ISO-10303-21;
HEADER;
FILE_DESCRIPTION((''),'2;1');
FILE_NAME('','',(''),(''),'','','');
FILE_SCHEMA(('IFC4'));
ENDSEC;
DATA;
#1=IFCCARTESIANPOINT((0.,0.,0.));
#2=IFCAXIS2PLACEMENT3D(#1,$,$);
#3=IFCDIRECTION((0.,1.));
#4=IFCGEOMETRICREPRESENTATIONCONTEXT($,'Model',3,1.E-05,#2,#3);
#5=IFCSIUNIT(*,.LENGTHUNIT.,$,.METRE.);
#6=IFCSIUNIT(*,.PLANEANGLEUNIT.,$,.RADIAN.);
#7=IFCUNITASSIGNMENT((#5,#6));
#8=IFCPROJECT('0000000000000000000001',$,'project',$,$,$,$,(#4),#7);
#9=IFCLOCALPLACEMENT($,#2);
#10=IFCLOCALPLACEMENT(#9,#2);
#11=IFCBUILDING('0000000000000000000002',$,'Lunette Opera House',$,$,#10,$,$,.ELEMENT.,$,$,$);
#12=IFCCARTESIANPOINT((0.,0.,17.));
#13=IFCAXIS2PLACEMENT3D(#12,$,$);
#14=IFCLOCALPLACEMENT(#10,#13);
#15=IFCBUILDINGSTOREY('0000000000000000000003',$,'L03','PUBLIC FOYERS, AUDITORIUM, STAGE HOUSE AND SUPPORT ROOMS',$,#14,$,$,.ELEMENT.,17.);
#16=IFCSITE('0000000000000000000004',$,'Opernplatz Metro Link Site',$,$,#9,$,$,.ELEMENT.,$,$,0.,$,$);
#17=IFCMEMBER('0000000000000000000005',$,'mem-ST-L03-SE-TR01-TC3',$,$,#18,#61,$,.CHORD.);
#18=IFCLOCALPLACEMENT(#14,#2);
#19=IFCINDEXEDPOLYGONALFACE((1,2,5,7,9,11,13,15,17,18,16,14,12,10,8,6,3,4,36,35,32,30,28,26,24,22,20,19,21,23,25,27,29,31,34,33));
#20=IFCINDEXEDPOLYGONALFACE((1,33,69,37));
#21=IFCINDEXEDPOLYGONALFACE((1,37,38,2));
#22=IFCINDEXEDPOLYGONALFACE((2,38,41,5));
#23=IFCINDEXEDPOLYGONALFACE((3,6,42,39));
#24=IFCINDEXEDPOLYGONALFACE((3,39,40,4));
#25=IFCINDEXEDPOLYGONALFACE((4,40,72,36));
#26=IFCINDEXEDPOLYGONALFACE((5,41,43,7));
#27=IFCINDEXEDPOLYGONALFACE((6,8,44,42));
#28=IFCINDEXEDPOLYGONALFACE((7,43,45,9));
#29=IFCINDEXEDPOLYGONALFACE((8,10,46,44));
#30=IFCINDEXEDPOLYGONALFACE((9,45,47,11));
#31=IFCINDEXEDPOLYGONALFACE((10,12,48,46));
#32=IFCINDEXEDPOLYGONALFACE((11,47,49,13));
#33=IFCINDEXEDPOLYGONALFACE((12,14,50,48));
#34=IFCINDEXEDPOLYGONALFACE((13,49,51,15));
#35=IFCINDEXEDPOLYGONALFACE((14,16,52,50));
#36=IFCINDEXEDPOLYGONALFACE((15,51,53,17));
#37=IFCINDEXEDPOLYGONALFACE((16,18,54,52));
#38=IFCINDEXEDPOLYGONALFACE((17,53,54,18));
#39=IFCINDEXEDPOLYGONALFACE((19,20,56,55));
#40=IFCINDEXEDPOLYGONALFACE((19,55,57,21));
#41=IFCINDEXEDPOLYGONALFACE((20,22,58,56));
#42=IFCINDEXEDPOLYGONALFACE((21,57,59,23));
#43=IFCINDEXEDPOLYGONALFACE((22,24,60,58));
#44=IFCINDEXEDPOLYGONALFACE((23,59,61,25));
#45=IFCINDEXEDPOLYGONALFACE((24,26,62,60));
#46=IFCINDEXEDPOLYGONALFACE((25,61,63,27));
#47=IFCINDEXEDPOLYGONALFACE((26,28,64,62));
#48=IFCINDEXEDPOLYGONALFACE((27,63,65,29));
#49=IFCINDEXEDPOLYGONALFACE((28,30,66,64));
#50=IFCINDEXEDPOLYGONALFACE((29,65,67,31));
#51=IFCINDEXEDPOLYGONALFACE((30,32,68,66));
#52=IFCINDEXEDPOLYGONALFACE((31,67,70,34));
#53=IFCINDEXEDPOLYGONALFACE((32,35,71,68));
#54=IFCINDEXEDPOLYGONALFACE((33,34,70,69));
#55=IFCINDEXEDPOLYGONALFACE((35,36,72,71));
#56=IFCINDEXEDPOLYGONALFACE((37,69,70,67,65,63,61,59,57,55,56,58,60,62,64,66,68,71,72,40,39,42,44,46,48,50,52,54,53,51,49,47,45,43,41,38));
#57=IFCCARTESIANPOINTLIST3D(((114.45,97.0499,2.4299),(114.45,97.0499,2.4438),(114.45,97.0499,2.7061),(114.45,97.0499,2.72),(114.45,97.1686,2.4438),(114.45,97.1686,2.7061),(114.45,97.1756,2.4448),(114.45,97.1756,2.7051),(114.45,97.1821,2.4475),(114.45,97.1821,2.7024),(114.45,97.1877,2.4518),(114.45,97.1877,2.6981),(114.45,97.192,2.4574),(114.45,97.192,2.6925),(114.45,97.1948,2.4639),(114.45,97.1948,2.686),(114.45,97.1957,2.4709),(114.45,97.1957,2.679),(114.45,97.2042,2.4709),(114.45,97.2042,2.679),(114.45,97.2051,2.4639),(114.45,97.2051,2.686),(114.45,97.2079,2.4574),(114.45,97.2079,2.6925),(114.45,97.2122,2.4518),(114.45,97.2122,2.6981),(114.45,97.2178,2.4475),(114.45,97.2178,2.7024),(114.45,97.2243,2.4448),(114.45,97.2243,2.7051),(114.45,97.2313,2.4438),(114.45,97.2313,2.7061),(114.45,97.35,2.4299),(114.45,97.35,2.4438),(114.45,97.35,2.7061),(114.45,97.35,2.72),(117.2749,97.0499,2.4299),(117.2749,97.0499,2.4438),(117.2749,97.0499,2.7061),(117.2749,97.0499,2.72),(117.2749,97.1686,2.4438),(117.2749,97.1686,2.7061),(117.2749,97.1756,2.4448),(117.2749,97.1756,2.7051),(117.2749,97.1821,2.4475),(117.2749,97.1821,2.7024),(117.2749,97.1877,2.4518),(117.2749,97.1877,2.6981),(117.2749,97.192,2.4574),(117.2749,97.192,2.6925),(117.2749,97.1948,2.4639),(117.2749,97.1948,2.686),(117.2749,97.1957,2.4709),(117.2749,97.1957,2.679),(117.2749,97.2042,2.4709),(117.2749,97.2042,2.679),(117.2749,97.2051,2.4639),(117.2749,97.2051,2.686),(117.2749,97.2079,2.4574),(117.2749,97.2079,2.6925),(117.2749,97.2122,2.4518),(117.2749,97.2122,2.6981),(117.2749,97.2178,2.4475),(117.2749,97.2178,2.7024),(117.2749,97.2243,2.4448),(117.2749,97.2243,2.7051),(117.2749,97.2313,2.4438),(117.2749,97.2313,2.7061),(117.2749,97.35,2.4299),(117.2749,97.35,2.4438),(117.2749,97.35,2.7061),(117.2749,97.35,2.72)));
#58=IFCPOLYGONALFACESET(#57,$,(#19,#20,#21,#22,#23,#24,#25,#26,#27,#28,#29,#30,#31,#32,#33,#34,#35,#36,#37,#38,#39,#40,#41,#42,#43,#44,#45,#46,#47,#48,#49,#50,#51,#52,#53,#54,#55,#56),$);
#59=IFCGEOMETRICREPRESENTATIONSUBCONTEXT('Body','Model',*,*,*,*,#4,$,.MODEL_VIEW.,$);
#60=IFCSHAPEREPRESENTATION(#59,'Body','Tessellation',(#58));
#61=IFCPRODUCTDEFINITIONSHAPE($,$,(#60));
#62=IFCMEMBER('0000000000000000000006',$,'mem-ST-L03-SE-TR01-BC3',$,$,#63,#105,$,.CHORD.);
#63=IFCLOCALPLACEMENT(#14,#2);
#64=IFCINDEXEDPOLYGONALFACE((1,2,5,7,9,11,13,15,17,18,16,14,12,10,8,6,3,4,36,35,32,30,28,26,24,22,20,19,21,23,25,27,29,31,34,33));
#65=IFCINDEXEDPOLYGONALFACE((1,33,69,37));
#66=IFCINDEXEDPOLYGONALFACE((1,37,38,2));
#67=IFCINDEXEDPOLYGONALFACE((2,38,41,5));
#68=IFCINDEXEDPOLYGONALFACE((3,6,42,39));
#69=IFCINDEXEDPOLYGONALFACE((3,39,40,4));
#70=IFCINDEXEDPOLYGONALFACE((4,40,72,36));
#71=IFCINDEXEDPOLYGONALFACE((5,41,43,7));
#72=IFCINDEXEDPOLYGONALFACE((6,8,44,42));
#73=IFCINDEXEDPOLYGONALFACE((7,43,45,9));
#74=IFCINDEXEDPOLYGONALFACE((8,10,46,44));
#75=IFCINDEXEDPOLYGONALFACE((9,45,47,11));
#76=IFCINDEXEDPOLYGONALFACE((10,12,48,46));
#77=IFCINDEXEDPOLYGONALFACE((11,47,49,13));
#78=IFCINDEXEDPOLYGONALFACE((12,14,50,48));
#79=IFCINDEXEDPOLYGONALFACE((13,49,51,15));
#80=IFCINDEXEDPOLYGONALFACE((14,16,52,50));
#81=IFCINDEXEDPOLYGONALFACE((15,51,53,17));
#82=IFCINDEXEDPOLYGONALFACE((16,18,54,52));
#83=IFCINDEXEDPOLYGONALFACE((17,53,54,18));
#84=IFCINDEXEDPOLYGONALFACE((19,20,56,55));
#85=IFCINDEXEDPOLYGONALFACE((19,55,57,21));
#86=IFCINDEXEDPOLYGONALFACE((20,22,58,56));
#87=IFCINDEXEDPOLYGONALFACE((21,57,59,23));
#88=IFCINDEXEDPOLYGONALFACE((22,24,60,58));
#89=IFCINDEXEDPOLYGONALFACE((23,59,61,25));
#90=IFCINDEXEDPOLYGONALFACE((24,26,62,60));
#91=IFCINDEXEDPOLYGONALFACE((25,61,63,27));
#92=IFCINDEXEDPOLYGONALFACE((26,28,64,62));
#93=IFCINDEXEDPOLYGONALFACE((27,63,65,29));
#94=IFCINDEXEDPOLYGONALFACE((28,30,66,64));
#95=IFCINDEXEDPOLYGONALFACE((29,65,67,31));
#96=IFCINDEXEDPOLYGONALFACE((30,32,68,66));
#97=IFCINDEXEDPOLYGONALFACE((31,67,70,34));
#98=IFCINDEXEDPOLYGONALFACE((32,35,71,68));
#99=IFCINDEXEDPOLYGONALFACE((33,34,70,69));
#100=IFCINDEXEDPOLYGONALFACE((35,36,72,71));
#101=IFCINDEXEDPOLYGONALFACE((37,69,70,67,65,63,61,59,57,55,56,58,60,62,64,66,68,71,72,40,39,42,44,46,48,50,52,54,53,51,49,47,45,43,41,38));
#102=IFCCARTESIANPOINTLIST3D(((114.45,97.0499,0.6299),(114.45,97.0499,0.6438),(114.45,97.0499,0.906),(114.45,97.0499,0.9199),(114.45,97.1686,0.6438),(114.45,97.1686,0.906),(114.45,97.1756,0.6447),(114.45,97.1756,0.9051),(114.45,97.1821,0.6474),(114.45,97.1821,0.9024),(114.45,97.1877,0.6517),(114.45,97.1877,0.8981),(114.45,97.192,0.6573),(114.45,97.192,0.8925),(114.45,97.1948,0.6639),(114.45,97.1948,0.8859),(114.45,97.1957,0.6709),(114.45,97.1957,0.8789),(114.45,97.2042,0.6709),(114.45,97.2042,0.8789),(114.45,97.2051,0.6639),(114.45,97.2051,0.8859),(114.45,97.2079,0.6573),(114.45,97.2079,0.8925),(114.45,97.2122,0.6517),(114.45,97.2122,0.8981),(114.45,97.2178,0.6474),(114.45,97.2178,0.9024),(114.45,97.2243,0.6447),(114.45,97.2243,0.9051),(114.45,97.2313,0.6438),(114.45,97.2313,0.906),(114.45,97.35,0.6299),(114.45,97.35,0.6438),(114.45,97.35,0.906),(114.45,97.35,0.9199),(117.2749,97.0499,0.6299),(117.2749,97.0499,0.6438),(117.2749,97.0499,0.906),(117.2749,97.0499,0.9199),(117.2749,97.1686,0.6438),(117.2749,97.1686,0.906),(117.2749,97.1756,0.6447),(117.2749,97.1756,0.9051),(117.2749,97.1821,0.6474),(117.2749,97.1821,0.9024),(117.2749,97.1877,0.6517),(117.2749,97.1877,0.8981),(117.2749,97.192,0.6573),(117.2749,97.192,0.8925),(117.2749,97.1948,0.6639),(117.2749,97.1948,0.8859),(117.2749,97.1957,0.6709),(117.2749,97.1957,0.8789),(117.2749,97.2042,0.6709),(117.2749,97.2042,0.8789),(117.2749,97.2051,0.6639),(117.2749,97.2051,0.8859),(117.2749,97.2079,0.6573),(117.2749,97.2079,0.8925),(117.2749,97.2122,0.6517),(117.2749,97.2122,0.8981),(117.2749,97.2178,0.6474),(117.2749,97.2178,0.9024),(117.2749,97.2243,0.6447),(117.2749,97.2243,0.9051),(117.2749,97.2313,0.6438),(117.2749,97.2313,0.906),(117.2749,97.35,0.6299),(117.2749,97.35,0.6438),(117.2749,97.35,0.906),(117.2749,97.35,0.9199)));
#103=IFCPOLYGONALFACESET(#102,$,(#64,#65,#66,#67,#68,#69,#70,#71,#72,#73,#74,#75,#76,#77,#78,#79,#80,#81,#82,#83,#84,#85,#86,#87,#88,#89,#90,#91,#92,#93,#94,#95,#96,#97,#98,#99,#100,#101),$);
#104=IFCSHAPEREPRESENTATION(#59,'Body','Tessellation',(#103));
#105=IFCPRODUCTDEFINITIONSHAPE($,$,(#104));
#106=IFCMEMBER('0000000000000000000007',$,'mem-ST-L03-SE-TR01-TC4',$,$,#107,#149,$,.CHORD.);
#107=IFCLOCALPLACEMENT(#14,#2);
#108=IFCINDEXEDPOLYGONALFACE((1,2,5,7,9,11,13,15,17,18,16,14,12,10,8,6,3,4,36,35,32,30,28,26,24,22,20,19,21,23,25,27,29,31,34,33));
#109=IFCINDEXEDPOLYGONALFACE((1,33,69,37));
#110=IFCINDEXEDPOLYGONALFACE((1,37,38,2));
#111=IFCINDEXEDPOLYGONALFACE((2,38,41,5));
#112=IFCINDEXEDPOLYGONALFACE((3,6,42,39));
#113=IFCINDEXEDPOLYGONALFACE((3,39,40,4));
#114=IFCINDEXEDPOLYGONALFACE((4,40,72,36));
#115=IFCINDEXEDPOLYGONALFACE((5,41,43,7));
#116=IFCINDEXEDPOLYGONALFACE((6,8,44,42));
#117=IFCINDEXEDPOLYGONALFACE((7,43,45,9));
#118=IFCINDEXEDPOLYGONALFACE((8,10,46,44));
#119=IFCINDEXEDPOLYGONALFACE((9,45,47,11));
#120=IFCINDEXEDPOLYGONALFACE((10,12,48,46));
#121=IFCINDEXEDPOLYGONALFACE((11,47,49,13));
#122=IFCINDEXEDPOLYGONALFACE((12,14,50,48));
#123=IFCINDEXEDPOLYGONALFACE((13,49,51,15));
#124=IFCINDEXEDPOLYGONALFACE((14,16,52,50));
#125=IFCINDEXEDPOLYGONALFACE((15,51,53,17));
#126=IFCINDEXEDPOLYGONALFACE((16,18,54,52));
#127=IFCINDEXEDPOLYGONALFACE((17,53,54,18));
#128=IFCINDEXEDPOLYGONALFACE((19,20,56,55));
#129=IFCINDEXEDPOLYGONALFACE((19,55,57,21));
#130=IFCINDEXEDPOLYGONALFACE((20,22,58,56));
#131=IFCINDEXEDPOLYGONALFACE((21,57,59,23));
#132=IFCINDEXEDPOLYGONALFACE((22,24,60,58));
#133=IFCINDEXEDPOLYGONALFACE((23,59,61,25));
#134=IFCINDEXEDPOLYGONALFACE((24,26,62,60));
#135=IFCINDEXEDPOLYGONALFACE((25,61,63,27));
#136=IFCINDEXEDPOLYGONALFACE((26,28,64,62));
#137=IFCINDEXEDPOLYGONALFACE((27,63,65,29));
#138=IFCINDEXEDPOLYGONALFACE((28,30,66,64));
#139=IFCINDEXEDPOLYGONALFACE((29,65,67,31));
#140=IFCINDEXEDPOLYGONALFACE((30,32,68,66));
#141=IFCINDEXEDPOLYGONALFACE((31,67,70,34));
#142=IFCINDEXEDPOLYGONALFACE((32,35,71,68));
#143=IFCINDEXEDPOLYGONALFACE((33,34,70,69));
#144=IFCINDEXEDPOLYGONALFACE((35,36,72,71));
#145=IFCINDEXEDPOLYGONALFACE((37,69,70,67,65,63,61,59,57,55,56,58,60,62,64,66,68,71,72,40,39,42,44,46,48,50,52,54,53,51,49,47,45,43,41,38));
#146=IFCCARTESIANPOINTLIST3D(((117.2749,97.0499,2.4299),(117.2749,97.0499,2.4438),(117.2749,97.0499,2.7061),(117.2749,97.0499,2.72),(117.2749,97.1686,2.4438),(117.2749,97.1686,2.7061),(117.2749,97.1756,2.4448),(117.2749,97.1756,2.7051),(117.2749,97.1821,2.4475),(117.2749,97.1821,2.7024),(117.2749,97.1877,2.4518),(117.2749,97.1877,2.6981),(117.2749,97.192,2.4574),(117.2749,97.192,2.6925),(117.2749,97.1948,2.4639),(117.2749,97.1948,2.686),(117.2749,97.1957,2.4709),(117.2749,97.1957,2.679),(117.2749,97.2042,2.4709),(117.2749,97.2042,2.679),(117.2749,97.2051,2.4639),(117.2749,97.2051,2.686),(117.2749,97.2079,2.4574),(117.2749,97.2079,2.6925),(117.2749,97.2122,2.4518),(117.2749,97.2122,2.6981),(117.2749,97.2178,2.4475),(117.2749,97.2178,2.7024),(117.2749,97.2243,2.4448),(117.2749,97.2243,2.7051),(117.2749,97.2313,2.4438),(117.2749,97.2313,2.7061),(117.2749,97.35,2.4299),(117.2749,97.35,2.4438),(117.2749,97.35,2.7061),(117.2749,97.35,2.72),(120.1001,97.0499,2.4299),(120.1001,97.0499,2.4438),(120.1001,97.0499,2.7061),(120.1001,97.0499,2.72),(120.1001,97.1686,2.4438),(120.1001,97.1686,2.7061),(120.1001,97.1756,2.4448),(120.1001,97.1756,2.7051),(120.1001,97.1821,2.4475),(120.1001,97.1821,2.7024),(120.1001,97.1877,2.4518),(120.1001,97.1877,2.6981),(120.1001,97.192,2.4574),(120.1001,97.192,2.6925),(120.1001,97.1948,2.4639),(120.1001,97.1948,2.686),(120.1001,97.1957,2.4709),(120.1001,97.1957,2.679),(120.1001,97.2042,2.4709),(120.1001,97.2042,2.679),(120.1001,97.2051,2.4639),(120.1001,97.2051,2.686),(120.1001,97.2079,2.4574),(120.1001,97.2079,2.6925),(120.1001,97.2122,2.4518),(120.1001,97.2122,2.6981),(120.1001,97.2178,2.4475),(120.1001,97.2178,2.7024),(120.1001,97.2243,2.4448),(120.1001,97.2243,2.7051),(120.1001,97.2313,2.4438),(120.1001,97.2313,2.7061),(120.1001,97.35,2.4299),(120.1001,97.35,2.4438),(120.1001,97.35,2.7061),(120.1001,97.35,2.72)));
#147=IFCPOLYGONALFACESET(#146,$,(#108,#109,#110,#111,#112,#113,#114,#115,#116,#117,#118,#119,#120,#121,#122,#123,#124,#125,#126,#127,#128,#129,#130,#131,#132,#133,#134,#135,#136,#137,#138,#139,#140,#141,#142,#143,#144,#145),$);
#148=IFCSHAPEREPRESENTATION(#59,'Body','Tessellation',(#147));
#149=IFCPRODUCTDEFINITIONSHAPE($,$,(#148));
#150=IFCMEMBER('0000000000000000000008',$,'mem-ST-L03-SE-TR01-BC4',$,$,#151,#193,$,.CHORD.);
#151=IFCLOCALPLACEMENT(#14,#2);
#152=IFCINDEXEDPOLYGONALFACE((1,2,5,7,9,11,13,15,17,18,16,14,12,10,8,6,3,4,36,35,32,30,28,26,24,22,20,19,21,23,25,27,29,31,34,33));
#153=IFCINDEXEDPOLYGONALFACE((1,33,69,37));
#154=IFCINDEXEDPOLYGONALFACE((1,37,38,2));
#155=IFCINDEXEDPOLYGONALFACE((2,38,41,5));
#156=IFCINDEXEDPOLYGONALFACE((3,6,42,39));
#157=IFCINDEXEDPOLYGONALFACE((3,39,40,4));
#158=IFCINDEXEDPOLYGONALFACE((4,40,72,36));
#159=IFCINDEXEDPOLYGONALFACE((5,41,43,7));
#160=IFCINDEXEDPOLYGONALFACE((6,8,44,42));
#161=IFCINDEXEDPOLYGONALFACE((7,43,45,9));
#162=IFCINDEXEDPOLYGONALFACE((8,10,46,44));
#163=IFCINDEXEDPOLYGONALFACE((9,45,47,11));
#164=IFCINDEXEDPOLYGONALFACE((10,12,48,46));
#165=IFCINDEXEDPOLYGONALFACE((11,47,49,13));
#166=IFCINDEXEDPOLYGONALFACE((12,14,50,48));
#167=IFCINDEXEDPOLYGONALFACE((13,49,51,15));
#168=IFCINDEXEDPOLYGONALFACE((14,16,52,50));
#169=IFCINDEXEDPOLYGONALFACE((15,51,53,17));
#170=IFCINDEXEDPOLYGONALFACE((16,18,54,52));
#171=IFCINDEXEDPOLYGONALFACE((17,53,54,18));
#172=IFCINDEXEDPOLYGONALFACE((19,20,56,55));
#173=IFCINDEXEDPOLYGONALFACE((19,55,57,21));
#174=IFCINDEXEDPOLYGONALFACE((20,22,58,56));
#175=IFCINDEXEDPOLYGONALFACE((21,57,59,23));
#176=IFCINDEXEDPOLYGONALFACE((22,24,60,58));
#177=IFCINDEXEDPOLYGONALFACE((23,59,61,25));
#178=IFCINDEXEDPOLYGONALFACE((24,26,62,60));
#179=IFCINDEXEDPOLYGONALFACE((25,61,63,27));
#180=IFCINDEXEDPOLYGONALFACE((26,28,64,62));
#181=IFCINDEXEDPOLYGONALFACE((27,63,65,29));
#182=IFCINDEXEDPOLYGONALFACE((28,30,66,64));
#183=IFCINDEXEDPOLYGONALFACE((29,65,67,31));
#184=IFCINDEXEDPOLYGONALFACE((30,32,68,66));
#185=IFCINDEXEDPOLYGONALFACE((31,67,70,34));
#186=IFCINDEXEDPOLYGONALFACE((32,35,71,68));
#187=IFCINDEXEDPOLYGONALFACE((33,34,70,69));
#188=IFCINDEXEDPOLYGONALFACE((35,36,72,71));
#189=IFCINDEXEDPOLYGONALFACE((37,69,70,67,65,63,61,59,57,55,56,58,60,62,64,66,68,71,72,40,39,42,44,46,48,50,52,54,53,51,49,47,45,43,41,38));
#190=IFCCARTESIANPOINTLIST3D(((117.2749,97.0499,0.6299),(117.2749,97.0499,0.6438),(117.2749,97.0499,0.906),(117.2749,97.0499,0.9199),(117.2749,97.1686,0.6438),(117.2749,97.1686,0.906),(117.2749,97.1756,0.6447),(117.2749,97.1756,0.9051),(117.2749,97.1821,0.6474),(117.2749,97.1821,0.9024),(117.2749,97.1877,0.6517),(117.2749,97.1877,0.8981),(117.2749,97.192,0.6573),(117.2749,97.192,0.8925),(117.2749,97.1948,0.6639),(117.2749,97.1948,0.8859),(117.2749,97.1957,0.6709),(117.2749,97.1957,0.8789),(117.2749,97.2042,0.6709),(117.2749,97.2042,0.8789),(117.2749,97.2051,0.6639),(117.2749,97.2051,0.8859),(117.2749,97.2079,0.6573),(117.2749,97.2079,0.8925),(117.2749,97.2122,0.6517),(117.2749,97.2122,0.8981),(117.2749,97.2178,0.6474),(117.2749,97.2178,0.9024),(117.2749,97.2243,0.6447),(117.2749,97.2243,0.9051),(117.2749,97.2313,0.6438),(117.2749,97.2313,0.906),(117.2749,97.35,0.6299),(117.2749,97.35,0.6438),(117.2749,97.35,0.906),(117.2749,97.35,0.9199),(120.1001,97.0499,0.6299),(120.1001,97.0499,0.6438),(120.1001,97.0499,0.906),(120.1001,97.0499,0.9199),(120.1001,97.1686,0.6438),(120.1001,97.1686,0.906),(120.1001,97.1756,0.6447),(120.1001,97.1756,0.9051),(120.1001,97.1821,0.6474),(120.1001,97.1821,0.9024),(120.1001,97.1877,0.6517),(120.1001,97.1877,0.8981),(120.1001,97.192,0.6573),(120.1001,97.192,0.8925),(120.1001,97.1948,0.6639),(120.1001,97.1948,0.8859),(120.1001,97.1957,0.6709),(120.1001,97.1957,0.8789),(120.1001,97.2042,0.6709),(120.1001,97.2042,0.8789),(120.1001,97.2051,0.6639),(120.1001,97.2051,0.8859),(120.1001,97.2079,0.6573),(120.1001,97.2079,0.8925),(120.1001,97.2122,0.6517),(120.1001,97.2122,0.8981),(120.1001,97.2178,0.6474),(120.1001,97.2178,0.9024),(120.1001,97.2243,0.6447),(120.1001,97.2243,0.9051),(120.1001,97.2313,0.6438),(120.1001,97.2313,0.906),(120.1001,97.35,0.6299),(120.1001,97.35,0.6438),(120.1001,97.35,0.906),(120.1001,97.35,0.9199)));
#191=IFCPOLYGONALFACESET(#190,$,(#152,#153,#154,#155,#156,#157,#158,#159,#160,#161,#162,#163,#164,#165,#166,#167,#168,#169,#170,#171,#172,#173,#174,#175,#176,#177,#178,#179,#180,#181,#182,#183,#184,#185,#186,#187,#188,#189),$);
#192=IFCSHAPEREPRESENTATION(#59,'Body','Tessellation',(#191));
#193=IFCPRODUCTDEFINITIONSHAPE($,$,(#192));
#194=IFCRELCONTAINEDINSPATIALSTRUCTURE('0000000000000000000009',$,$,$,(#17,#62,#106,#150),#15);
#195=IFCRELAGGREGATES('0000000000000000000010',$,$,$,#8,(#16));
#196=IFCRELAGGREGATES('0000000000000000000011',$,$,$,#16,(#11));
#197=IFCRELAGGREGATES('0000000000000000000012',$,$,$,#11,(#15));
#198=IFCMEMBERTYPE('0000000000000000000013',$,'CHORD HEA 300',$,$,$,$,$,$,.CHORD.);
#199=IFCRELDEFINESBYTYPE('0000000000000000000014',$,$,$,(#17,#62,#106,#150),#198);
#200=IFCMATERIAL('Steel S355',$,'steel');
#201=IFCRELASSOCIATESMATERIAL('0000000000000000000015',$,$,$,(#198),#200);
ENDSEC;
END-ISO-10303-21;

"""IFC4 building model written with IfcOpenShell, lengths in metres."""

from ifc_helpers import new_model, si_unit, direction, frame, origin, origin_2d, place, context, subcontext, project, spatial, i_section, extrude, material, material_profile, profile_set, type_object, element, save


model = new_model("IFC4")

# Units and contexts
model_context = context("Model", 3, precision=1e-05, world=origin(), true_north=direction((0.0, 1.0)))
body_context = subcontext(model_context, "Body", "Model", "MODEL_VIEW")
ifc_project = project(units=[si_unit("LENGTHUNIT", "METRE"), si_unit("PLANEANGLEUNIT", "RADIAN")], contexts=[model_context])

# Site, building, storey
site_placement = place(None, origin())
site = spatial("IfcSite", under=ifc_project, at=site_placement, Name="Opernplatz Metro Link Site", CompositionType="ELEMENT", RefElevation=0.0)
building_placement = place(site_placement, origin())
building = spatial("IfcBuilding", under=site, at=building_placement, Name="Lunette Opera House", CompositionType="ELEMENT")
storey_placement = place(building_placement, frame((0.0, 0.0, 17.0)))
storey = spatial("IfcBuildingStorey", under=building, at=storey_placement, Name="L03", Description="PUBLIC FOYERS, AUDITORIUM, STAGE HOUSE AND SUPPORT ROOMS", CompositionType="ELEMENT", Elevation=17.0)

# Members
ifc_material_1 = material(Name="Steel S355", Category="steel")
ifc_material_profile_1 = material_profile(ifc_material_1, i_section(OverallWidth=0.3, OverallDepth=0.29, WebThickness=0.0085, FlangeThickness=0.0139, FilletRadius=0.0271, at=origin_2d()), Name="HEA 300")
ifc_profile_set_1 = profile_set([ifc_material_profile_1], Name="Steel S355")
member_type_1 = type_object("IfcMemberType", Name="CHORD HEA 300", PredefinedType="CHORD", material=ifc_profile_set_1)
for number, where, z_axis, x_axis, name in (
    (1, (114.45, 97.2, 2.575), (1.0, 0.0, 0.0), (0.0, 1.0, 0.0), "mem-ST-L03-SE-TR01-TC3"),
    (2, (114.45, 97.2, 0.7749), (1.0, 0.0, 0.0), (0.0, 1.0, 0.0), "mem-ST-L03-SE-TR01-BC3"),
):
    element("IfcMember", number, at=place(storey_placement, frame(where, z_axis=z_axis, x_axis=x_axis)), inside=storey, type_object=member_type_1, Name=name, PredefinedType="CHORD", context=body_context, shape_type="SweptSolid", body=[
        extrude(i_section(OverallWidth=0.3, OverallDepth=0.29, WebThickness=0.0085, FlangeThickness=0.0139, FilletRadius=0.0271, at=origin_2d()), origin(), (0.0, 0.0, 1.0), 2.825),
    ])
for number, where, z_axis, x_axis, name in (
    (3, (117.2749, 97.2, 2.575), (1.0, 0.0, 0.0), (0.0, 1.0, 0.0), "mem-ST-L03-SE-TR01-TC4"),
    (4, (117.2749, 97.2, 0.7749), (1.0, 0.0, 0.0), (0.0, 1.0, 0.0), "mem-ST-L03-SE-TR01-BC4"),
):
    element("IfcMember", number, at=place(storey_placement, frame(where, z_axis=z_axis, x_axis=x_axis)), inside=storey, type_object=member_type_1, Name=name, PredefinedType="CHORD", context=body_context, shape_type="SweptSolid", body=[
        extrude(i_section(OverallWidth=0.3, OverallDepth=0.29, WebThickness=0.0085, FlangeThickness=0.0139, FilletRadius=0.0271, at=origin_2d()), origin(), (0.0, 0.0, 1.0), 2.8252),
    ])

save(model, "model.ifc")
